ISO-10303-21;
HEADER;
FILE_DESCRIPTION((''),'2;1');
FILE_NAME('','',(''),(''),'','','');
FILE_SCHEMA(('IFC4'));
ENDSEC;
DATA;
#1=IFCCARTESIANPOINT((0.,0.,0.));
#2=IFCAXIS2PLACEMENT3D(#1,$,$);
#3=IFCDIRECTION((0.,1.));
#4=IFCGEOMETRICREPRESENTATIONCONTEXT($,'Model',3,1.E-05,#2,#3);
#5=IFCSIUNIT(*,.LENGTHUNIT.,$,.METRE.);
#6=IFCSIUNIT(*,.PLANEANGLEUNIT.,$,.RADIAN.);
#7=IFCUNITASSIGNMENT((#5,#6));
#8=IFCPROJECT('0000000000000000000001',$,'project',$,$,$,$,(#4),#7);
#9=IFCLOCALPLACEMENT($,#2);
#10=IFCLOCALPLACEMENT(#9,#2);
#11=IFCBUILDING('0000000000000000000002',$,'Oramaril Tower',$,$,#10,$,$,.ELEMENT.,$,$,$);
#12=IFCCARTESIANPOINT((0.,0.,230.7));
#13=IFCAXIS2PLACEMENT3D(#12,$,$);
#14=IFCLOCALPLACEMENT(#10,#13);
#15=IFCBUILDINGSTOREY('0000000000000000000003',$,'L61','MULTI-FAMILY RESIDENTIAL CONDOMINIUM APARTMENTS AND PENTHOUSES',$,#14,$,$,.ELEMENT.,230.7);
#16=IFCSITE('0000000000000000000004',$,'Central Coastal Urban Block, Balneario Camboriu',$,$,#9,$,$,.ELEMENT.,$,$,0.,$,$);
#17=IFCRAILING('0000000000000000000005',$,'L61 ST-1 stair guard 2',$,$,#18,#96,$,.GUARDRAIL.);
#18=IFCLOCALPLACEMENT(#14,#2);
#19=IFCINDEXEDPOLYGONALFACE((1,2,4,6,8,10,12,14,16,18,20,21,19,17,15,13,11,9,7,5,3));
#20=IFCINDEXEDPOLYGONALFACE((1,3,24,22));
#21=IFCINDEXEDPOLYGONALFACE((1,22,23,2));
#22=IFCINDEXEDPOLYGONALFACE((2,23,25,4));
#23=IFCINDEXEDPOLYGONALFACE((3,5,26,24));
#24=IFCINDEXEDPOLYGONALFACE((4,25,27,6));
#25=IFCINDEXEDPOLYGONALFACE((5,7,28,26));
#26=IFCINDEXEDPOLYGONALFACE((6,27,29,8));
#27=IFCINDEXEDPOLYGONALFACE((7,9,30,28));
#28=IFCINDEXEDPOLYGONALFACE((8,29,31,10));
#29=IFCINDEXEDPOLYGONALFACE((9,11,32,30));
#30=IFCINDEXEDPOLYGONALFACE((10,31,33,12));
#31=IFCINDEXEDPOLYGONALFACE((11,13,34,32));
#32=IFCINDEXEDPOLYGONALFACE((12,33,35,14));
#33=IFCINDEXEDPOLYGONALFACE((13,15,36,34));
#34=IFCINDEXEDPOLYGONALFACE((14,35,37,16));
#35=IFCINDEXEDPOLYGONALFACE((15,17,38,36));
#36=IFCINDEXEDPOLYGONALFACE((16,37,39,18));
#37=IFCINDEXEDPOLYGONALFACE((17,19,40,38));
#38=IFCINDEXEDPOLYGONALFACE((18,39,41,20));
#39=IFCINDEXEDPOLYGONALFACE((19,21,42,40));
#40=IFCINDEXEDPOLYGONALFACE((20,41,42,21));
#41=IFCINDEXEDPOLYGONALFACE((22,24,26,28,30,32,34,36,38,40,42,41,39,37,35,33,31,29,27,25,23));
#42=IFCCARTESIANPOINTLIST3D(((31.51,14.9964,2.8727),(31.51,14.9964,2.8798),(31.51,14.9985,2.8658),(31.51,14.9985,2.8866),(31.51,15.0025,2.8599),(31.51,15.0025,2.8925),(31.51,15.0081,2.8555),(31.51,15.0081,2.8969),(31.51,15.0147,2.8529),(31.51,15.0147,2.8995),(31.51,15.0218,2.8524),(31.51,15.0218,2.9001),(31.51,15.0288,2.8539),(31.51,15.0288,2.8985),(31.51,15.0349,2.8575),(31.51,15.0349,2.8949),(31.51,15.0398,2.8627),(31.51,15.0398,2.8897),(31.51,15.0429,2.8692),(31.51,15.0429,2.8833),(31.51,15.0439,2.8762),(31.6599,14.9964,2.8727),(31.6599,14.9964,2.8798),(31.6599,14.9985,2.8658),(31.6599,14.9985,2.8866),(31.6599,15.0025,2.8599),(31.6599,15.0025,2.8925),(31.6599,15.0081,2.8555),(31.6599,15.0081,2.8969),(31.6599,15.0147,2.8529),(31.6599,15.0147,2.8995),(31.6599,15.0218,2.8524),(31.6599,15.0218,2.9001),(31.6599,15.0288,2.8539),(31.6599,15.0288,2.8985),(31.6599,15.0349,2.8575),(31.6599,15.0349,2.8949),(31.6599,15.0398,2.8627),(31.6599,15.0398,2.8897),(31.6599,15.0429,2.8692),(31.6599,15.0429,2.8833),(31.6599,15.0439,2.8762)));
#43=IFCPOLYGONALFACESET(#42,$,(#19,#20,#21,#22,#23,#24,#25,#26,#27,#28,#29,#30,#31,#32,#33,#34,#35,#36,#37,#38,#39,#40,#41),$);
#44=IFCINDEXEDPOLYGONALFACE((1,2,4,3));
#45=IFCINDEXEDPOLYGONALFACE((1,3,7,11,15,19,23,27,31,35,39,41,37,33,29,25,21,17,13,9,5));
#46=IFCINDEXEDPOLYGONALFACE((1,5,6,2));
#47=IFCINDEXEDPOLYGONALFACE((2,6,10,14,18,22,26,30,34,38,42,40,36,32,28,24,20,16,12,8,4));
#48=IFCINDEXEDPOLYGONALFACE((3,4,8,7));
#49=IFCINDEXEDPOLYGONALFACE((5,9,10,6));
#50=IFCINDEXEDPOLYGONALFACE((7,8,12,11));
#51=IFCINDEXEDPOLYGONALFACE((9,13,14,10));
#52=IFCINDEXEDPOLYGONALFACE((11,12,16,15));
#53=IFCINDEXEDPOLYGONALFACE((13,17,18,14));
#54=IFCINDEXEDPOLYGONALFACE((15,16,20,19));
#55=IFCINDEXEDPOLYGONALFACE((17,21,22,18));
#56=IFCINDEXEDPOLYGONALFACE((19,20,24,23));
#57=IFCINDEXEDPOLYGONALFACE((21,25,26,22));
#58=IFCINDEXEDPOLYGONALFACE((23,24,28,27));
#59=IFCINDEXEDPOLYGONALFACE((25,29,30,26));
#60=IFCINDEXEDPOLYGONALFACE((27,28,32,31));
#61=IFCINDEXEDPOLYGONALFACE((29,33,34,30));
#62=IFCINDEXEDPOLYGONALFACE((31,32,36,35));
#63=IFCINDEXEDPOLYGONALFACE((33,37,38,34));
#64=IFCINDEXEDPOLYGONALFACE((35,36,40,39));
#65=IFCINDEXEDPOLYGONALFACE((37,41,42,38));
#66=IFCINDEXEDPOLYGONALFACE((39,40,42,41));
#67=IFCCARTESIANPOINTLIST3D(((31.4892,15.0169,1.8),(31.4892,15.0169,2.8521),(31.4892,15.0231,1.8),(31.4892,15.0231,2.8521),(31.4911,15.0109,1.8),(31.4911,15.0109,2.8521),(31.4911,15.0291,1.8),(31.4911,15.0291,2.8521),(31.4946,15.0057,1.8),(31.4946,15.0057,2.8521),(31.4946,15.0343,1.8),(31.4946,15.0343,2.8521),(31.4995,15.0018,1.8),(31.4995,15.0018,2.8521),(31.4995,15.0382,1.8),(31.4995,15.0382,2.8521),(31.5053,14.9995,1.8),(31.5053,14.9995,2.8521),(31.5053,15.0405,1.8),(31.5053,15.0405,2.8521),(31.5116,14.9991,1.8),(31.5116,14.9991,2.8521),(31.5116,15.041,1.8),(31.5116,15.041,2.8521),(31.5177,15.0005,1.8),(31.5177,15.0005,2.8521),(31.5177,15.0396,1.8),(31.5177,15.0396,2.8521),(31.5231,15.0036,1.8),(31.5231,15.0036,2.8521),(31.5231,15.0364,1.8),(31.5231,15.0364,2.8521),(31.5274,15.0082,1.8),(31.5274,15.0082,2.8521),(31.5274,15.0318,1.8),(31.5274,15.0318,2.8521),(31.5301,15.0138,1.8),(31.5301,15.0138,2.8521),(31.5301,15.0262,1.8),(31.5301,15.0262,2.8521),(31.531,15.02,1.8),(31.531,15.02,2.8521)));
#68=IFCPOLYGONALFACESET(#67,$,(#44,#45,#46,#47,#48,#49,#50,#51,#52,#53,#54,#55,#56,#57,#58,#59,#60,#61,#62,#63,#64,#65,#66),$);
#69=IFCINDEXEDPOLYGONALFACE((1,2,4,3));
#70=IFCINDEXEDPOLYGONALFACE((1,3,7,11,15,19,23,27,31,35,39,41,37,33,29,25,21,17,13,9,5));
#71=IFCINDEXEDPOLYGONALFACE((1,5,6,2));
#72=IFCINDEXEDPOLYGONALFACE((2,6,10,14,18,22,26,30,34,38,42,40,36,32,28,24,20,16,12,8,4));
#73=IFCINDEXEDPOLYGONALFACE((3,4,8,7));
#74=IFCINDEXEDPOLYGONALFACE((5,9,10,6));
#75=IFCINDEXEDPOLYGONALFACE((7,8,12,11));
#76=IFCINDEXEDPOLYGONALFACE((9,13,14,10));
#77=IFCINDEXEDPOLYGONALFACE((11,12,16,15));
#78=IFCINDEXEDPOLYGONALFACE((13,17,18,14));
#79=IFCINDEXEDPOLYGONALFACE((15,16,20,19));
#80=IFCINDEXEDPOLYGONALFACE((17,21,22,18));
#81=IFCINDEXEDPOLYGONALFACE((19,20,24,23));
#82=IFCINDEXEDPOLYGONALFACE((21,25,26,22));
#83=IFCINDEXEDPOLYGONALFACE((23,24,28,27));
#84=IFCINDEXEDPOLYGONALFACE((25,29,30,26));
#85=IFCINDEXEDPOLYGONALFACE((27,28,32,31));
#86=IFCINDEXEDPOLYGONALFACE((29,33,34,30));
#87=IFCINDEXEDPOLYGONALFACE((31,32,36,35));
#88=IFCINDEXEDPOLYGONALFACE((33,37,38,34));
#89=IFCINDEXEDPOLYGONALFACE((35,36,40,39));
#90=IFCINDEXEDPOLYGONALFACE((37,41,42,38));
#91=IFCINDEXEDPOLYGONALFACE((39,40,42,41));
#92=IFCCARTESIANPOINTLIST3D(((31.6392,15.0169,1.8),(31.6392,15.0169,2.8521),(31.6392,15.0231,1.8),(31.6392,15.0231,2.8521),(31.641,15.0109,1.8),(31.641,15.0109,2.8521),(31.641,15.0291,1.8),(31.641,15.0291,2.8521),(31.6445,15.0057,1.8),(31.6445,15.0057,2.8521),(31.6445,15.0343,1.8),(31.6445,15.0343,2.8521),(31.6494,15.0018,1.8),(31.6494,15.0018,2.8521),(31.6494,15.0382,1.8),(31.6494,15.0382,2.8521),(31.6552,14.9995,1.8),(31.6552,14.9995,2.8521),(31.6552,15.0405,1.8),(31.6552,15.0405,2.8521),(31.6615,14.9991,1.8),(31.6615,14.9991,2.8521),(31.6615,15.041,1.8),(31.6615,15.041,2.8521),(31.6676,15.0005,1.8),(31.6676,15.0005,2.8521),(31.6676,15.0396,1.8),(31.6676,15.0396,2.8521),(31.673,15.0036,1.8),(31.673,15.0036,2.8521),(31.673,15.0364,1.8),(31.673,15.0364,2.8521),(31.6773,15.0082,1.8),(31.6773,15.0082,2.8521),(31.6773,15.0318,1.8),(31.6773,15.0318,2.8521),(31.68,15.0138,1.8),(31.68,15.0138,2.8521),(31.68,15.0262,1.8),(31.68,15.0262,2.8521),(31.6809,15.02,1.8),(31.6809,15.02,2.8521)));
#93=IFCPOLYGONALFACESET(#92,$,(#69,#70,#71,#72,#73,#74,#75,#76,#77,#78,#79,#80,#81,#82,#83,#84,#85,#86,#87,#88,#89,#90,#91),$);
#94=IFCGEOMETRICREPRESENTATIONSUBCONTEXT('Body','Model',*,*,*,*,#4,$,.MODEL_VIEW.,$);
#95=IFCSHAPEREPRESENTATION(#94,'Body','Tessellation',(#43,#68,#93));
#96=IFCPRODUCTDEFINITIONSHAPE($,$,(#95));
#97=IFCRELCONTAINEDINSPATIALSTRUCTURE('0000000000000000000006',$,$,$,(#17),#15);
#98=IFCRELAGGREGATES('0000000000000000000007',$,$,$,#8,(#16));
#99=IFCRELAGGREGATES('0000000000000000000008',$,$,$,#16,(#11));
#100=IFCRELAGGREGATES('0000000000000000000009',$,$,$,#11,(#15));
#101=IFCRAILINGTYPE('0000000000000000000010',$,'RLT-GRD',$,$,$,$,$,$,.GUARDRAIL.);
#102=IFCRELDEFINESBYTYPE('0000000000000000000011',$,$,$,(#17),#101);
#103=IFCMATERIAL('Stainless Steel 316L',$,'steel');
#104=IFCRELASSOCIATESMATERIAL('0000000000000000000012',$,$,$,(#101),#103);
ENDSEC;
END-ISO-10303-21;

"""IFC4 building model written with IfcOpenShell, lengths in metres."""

from ifc_helpers import new_model, si_unit, direction, frame, origin, origin_2d, place, context, subcontext, project, spatial, circle, extrude, material, type_object, element, save


model = new_model("IFC4")

# Units and contexts
model_context = context("Model", 3, precision=1e-05, world=origin(), true_north=direction((0.0, 1.0)))
body_context = subcontext(model_context, "Body", "Model", "MODEL_VIEW")
ifc_project = project(units=[si_unit("LENGTHUNIT", "METRE"), si_unit("PLANEANGLEUNIT", "RADIAN")], contexts=[model_context])

# Site, building, storey
site_placement = place(None, origin())
site = spatial("IfcSite", under=ifc_project, at=site_placement, Name="Central Coastal Urban Block, Balneario Camboriu", CompositionType="ELEMENT", RefElevation=0.0)
building_placement = place(site_placement, origin())
building = spatial("IfcBuilding", under=site, at=building_placement, Name="Oramaril Tower", CompositionType="ELEMENT")
storey_placement = place(building_placement, frame((0.0, 0.0, 230.7)))
storey = spatial("IfcBuildingStorey", under=building, at=storey_placement, Name="L61", Description="MULTI-FAMILY RESIDENTIAL CONDOMINIUM APARTMENTS AND PENTHOUSES", CompositionType="ELEMENT", Elevation=230.7)

# Railing
ifc_material_1 = material(Name="Stainless Steel 316L", Category="steel")
railing_type_1 = type_object("IfcRailingType", Name="RLT-GRD", PredefinedType="GUARDRAIL", material=ifc_material_1)
railing_1_placement = place(storey_placement, frame((31.51, 15.02, 1.8)))
element("IfcRailing", 1, at=railing_1_placement, inside=storey, type_object=railing_type_1, Name="L61 ST-1 stair guard 2", PredefinedType="GUARDRAIL", context=body_context, shape_type="SweptSolid", body=[
    extrude(circle(Radius=0.0239, at=origin_2d()), frame((0.0, 0.0, 1.0762), z_axis=(1.0, 0.0, 0.0), x_axis=(0.0, 1.0, 0.0)), (0.0, 0.0, 1.0), 0.1499),
    extrude(circle(Radius=0.021, at=origin_2d()), origin(), (0.0, 0.0, 1.0), 1.052),
    extrude(circle(Radius=0.021, at=origin_2d()), frame((0.1499, 0.0, 0.0)), (0.0, 0.0, 1.0), 1.052),
])

save(model, "model.ifc")
